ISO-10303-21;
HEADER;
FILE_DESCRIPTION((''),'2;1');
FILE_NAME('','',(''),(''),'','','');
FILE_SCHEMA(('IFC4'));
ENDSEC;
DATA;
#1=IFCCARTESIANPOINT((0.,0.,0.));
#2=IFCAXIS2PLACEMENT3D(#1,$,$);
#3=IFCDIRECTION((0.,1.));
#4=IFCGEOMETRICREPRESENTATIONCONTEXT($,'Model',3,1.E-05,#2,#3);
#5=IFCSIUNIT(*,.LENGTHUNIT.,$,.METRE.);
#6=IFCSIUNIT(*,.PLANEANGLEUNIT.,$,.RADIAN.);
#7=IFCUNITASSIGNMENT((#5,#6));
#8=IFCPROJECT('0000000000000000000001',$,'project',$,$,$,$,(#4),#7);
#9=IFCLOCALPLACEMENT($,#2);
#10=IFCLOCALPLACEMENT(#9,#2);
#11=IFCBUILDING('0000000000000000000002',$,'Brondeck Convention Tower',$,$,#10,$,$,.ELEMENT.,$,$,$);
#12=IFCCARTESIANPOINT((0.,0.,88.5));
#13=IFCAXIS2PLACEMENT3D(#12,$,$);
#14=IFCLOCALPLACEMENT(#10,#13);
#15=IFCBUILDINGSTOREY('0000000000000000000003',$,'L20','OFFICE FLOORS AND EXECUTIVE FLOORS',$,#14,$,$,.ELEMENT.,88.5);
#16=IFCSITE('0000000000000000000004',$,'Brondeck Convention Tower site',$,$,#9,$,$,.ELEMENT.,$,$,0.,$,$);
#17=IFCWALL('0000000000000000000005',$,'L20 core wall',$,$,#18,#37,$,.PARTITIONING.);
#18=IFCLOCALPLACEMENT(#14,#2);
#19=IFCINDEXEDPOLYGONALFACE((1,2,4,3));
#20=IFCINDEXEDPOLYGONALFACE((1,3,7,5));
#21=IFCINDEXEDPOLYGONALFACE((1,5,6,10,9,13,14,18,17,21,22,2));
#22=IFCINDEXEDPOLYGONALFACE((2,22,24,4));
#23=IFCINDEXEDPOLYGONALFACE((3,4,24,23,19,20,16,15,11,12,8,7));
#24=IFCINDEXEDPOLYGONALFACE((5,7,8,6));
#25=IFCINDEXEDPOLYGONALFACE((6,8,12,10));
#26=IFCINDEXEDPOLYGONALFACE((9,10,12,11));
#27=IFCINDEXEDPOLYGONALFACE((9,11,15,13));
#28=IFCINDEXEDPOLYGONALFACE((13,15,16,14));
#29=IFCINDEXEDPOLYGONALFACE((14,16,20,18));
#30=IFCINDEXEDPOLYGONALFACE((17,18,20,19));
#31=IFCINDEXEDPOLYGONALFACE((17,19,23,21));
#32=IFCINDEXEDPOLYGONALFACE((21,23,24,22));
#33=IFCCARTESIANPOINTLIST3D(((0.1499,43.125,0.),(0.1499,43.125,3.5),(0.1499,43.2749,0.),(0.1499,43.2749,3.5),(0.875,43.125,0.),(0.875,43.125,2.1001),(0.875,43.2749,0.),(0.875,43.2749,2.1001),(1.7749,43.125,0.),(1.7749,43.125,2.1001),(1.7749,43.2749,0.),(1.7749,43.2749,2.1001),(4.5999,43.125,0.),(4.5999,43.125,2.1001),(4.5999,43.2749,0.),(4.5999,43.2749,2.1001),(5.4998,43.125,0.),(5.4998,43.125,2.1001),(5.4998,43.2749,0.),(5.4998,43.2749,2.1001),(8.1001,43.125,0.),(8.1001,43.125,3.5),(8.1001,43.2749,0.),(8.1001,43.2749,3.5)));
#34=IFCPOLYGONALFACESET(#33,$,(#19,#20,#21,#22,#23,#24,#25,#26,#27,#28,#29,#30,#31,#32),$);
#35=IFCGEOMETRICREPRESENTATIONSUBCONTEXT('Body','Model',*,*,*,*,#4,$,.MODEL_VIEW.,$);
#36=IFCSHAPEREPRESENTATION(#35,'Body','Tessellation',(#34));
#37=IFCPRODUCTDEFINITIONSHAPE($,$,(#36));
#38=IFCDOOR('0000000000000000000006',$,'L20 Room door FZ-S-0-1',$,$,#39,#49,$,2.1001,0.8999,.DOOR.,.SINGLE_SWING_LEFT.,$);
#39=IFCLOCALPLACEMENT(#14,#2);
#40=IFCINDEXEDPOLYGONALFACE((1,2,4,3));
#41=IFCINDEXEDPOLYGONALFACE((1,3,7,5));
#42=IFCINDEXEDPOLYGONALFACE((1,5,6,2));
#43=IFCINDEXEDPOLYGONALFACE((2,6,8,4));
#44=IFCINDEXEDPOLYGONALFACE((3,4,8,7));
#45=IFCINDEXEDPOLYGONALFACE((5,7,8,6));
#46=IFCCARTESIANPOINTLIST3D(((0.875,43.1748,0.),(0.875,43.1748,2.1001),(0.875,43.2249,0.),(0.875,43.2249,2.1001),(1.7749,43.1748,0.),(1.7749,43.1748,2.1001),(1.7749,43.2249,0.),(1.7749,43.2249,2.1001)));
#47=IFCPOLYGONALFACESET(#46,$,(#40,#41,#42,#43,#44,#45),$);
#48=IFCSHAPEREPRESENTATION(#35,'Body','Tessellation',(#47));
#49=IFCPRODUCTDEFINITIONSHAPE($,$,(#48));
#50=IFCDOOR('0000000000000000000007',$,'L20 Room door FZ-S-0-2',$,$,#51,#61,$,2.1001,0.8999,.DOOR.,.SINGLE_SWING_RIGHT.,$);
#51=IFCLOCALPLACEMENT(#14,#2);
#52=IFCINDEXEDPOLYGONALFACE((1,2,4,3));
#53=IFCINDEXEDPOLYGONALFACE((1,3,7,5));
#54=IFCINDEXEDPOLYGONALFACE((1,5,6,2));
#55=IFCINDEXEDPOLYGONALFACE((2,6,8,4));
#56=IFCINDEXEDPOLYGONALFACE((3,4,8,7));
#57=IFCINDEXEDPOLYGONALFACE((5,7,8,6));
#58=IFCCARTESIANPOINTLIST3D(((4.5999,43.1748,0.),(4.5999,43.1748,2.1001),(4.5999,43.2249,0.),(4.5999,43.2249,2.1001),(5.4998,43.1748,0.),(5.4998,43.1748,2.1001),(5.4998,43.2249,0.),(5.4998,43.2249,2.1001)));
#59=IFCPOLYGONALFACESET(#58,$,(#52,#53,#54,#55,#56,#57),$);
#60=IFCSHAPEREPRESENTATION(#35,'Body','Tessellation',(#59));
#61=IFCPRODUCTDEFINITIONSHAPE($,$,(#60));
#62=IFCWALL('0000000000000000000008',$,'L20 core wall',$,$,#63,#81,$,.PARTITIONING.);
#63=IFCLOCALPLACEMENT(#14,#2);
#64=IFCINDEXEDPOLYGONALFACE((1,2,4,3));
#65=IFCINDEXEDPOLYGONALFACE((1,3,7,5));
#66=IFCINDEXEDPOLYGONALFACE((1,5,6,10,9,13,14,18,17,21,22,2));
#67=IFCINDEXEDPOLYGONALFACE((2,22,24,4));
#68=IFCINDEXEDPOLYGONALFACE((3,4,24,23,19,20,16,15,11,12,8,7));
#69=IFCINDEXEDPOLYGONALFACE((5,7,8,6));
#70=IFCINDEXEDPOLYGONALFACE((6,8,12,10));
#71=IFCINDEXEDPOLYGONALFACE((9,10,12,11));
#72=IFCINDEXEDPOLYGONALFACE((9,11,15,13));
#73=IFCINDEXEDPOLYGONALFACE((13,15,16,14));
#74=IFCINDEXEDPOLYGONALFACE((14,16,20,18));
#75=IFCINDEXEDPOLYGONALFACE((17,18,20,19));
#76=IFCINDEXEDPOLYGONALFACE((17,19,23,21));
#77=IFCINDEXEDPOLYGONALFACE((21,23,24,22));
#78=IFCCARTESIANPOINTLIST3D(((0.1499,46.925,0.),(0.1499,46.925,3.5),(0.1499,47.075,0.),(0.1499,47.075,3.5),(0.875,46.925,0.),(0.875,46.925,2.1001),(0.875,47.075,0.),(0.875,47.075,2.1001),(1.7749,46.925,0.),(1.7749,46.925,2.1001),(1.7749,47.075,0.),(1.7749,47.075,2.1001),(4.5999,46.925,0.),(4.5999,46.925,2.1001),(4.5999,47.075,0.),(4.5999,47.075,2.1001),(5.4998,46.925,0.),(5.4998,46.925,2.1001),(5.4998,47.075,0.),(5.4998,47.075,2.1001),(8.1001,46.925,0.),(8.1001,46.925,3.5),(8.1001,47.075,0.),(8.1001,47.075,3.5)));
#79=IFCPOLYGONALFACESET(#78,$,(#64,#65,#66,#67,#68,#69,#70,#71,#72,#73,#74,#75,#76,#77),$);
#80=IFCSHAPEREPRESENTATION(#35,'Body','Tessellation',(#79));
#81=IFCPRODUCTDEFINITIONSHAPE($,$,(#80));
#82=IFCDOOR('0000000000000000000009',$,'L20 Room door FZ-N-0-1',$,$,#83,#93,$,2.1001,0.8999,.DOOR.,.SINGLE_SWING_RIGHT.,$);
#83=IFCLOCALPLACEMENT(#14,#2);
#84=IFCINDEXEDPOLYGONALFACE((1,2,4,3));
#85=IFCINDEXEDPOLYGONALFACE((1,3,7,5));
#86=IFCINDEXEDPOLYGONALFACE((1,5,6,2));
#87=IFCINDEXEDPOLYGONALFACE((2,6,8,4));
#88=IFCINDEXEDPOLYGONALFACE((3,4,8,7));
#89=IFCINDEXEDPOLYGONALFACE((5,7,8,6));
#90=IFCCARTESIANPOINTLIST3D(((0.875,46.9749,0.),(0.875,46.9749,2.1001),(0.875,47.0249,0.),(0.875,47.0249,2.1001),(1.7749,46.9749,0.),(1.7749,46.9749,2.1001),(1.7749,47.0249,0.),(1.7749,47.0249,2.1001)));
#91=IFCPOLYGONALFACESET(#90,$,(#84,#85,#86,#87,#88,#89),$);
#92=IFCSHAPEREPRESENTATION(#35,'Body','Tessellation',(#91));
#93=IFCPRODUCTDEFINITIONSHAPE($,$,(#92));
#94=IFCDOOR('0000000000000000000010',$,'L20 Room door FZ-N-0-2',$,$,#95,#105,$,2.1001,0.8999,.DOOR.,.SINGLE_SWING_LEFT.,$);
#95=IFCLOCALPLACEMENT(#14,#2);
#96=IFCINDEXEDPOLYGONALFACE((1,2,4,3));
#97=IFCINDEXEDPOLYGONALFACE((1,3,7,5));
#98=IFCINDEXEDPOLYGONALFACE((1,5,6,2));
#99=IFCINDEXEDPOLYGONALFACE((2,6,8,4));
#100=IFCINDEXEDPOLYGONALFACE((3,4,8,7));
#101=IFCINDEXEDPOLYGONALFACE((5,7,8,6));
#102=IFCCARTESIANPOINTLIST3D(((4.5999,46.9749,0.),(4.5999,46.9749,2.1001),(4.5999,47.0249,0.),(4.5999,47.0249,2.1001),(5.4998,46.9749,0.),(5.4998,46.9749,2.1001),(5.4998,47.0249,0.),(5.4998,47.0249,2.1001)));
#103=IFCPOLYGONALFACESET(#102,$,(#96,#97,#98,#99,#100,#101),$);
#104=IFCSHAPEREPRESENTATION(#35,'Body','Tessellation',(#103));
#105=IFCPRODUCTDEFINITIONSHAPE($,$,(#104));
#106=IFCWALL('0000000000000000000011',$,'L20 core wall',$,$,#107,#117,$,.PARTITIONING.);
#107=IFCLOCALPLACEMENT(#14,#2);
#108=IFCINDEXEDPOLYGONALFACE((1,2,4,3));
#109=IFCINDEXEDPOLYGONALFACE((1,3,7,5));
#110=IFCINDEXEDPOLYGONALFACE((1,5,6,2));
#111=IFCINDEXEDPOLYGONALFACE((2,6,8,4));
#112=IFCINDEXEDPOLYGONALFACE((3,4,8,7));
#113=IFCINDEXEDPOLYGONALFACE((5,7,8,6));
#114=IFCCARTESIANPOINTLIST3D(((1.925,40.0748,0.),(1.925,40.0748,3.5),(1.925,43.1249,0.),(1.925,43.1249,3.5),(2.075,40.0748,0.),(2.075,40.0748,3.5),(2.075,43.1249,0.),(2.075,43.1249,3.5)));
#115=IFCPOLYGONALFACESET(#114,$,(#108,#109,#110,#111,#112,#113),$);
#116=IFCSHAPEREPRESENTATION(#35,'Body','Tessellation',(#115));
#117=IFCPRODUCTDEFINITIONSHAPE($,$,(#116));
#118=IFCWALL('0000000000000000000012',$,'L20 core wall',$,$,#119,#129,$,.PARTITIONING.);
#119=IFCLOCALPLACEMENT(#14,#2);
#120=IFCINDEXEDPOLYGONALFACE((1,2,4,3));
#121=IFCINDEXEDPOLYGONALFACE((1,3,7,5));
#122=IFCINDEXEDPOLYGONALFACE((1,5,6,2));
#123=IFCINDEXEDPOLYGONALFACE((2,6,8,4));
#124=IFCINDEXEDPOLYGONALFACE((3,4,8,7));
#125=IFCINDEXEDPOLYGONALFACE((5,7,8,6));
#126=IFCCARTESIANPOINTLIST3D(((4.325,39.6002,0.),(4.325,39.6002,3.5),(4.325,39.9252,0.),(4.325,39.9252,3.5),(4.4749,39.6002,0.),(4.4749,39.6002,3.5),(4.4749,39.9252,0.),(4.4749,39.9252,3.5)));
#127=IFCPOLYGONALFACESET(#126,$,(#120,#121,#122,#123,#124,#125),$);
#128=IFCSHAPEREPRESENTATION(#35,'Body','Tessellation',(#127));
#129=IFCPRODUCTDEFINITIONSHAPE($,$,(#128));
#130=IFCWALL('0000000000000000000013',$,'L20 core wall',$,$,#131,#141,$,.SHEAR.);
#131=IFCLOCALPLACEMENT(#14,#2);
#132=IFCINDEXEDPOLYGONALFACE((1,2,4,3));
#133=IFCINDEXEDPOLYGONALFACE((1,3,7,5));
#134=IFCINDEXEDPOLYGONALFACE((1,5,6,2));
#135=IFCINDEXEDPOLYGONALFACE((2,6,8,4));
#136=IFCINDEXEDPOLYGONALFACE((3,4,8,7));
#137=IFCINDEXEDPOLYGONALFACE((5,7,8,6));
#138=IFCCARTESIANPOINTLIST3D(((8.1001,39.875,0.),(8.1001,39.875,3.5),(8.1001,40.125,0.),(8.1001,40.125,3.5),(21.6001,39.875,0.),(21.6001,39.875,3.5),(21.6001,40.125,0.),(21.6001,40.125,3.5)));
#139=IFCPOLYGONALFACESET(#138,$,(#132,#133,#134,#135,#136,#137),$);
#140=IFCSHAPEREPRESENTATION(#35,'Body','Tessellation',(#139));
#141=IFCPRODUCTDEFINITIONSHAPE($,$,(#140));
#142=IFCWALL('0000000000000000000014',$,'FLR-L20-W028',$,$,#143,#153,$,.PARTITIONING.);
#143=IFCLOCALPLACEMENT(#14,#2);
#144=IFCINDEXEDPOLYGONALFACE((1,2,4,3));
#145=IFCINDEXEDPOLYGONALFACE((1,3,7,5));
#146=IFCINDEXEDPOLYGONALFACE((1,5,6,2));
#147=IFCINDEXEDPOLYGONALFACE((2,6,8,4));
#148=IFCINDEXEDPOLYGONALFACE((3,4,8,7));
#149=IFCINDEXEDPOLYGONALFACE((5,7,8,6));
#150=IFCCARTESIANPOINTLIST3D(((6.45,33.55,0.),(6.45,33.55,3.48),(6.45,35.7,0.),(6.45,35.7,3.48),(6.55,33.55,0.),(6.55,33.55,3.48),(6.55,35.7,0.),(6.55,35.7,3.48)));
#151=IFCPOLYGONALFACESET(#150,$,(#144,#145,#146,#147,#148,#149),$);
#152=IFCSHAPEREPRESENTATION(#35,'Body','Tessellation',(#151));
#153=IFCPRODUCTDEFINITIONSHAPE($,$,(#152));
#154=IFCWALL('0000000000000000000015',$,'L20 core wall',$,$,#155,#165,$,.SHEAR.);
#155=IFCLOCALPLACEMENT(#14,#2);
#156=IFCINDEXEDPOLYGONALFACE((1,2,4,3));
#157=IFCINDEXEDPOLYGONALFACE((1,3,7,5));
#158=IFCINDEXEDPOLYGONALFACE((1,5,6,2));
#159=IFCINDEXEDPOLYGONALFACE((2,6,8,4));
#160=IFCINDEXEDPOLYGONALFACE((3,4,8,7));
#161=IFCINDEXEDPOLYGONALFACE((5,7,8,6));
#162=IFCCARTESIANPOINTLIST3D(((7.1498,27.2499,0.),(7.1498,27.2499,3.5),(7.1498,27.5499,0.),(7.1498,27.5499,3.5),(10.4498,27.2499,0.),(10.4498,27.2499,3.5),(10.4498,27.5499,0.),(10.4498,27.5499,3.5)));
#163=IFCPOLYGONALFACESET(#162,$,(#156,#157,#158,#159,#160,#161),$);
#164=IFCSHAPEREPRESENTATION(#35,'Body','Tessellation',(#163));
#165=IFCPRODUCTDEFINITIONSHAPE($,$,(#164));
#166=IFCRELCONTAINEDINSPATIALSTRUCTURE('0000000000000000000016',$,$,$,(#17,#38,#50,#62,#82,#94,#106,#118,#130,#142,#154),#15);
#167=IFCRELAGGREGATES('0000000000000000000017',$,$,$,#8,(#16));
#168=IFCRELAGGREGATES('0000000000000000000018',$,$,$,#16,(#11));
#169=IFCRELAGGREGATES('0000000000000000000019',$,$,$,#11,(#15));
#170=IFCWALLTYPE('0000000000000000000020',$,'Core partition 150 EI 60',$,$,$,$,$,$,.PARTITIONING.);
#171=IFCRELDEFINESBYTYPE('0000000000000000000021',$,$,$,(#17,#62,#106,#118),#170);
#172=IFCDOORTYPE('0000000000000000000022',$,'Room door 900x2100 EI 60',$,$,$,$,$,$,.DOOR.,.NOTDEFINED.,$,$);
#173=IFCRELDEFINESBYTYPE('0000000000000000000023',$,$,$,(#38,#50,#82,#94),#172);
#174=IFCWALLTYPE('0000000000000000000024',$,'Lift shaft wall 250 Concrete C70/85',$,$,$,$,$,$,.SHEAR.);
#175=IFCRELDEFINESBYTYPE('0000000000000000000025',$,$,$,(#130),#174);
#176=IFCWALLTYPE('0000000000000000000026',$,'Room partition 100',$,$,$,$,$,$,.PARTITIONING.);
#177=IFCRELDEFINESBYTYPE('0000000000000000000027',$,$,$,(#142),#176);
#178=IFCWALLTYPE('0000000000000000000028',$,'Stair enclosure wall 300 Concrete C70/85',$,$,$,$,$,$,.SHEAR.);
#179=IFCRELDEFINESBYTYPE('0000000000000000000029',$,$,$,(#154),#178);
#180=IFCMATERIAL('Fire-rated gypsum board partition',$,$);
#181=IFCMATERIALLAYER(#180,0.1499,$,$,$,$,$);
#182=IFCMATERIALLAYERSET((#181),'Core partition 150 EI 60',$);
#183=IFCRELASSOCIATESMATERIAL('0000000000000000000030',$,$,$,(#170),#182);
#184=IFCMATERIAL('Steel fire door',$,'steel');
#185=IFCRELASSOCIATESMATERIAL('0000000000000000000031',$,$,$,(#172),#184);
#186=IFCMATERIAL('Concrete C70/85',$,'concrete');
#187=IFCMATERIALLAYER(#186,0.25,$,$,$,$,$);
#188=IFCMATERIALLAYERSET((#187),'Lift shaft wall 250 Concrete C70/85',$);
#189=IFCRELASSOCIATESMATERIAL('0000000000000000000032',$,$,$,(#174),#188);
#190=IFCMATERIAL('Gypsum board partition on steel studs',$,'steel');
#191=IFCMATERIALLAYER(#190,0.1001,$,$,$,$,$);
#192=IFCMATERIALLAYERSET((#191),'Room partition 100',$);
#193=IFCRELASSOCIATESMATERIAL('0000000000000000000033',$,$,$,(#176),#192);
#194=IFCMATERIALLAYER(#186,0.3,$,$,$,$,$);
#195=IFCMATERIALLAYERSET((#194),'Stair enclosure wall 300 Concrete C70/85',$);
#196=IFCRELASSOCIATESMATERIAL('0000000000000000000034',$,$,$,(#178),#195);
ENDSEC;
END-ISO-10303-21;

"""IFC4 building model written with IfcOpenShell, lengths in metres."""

from ifc_helpers import new_model, si_unit, direction, frame, frame_2d, origin, place, context, subcontext, project, spatial, rectangle, extrude, material, layer, layer_set, type_object, element, fill, save


model = new_model("IFC4")

# Units and contexts
model_context = context("Model", 3, precision=1e-05, world=origin(), true_north=direction((0.0, 1.0)))
body_context = subcontext(model_context, "Body", "Model", "MODEL_VIEW")
ifc_project = project(units=[si_unit("LENGTHUNIT", "METRE"), si_unit("PLANEANGLEUNIT", "RADIAN")], contexts=[model_context])

# Site, building, storey
site_placement = place(None, origin())
site = spatial("IfcSite", under=ifc_project, at=site_placement, Name="Brondeck Convention Tower site", CompositionType="ELEMENT", RefElevation=0.0)
building_placement = place(site_placement, origin())
building = spatial("IfcBuilding", under=site, at=building_placement, Name="Brondeck Convention Tower", CompositionType="ELEMENT")
storey_placement = place(building_placement, frame((0.0, 0.0, 88.5)))
storey = spatial("IfcBuildingStorey", under=building, at=storey_placement, Name="L20", Description="OFFICE FLOORS AND EXECUTIVE FLOORS", CompositionType="ELEMENT", Elevation=88.5)

# Shared definitions
ifc_material_1 = material(Name="Concrete C70/85", Category="concrete")

# Shared definitions
ifc_material_2 = material(Name="Fire-rated gypsum board partition")
ifc_layer_1 = layer(ifc_material_2, 0.1499)
ifc_layer_set_1 = layer_set([ifc_layer_1], Name="Core partition 150 EI 60")
wall_type_1 = type_object("IfcWallType", Name="Core partition 150 EI 60", PredefinedType="PARTITIONING", material=ifc_layer_set_1)
ifc_material_3 = material(Name="Steel fire door", Category="steel")
door_type_1 = type_object("IfcDoorType", Name="Room door 900x2100 EI 60", OperationType="NOTDEFINED", PredefinedType="DOOR", material=ifc_material_3)

# Walls, openings, doors
wall_1_placement = place(storey_placement, frame((0.1499, 43.2, 0.0), z_axis=(0.0, 0.0, 1.0), x_axis=(1.0, 0.0, 0.0)))
wall_1 = element("IfcWall", 1, at=wall_1_placement, inside=storey, type_object=wall_type_1, Name="L20 core wall", PredefinedType="PARTITIONING", context=body_context, shape_type="SweptSolid", body=[
    extrude(rectangle(XDim=7.9502, YDim=0.1499, at=frame_2d((3.9751, 0.0))), origin(), (0.0, 0.0, 1.0), 3.5),
])
opening_1_placement = place(wall_1_placement, frame((0.7251, 0.0, 0.0)))
opening_1 = element("IfcOpeningElement", 2, at=opening_1_placement, cuts=wall_1, PredefinedType="OPENING", context=body_context, shape_type="SweptSolid", body=[
    extrude(rectangle(XDim=0.8999, YDim=2.1001, at=frame_2d((0.45, 1.05))), frame((0.0, 0.085, 0.0), z_axis=(0.0, -1.0, 0.0), x_axis=(1.0, 0.0, 0.0)), (0.0, 0.0, 1.0), 0.1699),
])
opening_2_placement = place(wall_1_placement, frame((4.45, 0.0, 0.0)))
opening_2 = element("IfcOpeningElement", 3, at=opening_2_placement, cuts=wall_1, PredefinedType="OPENING", context=body_context, shape_type="SweptSolid", body=[
    extrude(rectangle(XDim=0.8999, YDim=2.1001, at=frame_2d((0.45, 1.05))), frame((0.0, 0.085, 0.0), z_axis=(0.0, -1.0, 0.0), x_axis=(1.0, 0.0, 0.0)), (0.0, 0.0, 1.0), 0.1699),
])
door_1_placement = place(opening_1_placement, origin())
door_1 = element("IfcDoor", 4, at=door_1_placement, inside=storey, type_object=door_type_1, Name="L20 Room door FZ-S-0-1", OperationType="SINGLE_SWING_LEFT", OverallHeight=2.1001, OverallWidth=0.8999, PredefinedType="DOOR", context=body_context, shape_type="SweptSolid", body=[
    extrude(rectangle(XDim=0.8999, YDim=2.1001, at=frame_2d((0.45, 1.05))), frame((0.0, 0.0249, 0.0), z_axis=(0.0, -1.0, 0.0), x_axis=(1.0, 0.0, 0.0)), (0.0, 0.0, 1.0), 0.05),
])
fill(opening_1, door_1)
door_2_placement = place(opening_2_placement, origin())
door_2 = element("IfcDoor", 5, at=door_2_placement, inside=storey, type_object=door_type_1, Name="L20 Room door FZ-S-0-2", OperationType="SINGLE_SWING_RIGHT", OverallHeight=2.1001, OverallWidth=0.8999, PredefinedType="DOOR", context=body_context, shape_type="SweptSolid", body=[
    extrude(rectangle(XDim=0.8999, YDim=2.1001, at=frame_2d((0.45, 1.05))), frame((0.0, 0.0249, 0.0), z_axis=(0.0, -1.0, 0.0), x_axis=(1.0, 0.0, 0.0)), (0.0, 0.0, 1.0), 0.05),
])
fill(opening_2, door_2)
wall_2_placement = place(storey_placement, frame((0.1499, 47.0, 0.0), z_axis=(0.0, 0.0, 1.0), x_axis=(1.0, 0.0, 0.0)))
wall_2 = element("IfcWall", 6, at=wall_2_placement, inside=storey, type_object=wall_type_1, Name="L20 core wall", PredefinedType="PARTITIONING", context=body_context, shape_type="SweptSolid", body=[
    extrude(rectangle(XDim=7.9502, YDim=0.1499, at=frame_2d((3.9751, 0.0))), origin(), (0.0, 0.0, 1.0), 3.5),
])
opening_3_placement = place(wall_2_placement, frame((0.7251, 0.0, 0.0)))
opening_3 = element("IfcOpeningElement", 7, at=opening_3_placement, cuts=wall_2, PredefinedType="OPENING", context=body_context, shape_type="SweptSolid", body=[
    extrude(rectangle(XDim=0.8999, YDim=2.1001, at=frame_2d((0.45, 1.05))), frame((0.0, 0.085, 0.0), z_axis=(0.0, -1.0, 0.0), x_axis=(1.0, 0.0, 0.0)), (0.0, 0.0, 1.0), 0.1699),
])
opening_4_placement = place(wall_2_placement, frame((4.45, 0.0, 0.0)))
opening_4 = element("IfcOpeningElement", 8, at=opening_4_placement, cuts=wall_2, PredefinedType="OPENING", context=body_context, shape_type="SweptSolid", body=[
    extrude(rectangle(XDim=0.8999, YDim=2.1001, at=frame_2d((0.45, 1.05))), frame((0.0, 0.085, 0.0), z_axis=(0.0, -1.0, 0.0), x_axis=(1.0, 0.0, 0.0)), (0.0, 0.0, 1.0), 0.1699),
])
door_3_placement = place(opening_3_placement, origin())
door_3 = element("IfcDoor", 9, at=door_3_placement, inside=storey, type_object=door_type_1, Name="L20 Room door FZ-N-0-1", OperationType="SINGLE_SWING_RIGHT", OverallHeight=2.1001, OverallWidth=0.8999, PredefinedType="DOOR", context=body_context, shape_type="SweptSolid", body=[
    extrude(rectangle(XDim=0.8999, YDim=2.1001, at=frame_2d((0.45, 1.05))), frame((0.0, 0.0249, 0.0), z_axis=(0.0, -1.0, 0.0), x_axis=(1.0, 0.0, 0.0)), (0.0, 0.0, 1.0), 0.05),
])
fill(opening_3, door_3)
door_4_placement = place(opening_4_placement, origin())
door_4 = element("IfcDoor", 10, at=door_4_placement, inside=storey, type_object=door_type_1, Name="L20 Room door FZ-N-0-2", OperationType="SINGLE_SWING_LEFT", OverallHeight=2.1001, OverallWidth=0.8999, PredefinedType="DOOR", context=body_context, shape_type="SweptSolid", body=[
    extrude(rectangle(XDim=0.8999, YDim=2.1001, at=frame_2d((0.45, 1.05))), frame((0.0, 0.0249, 0.0), z_axis=(0.0, -1.0, 0.0), x_axis=(1.0, 0.0, 0.0)), (0.0, 0.0, 1.0), 0.05),
])
fill(opening_4, door_4)

# Walls
wall_3_placement = place(storey_placement, frame((2.0, 40.075, 0.0), z_axis=(0.0, 0.0, 1.0), x_axis=(0.0, 1.0, 0.0)))
element("IfcWall", 11, at=wall_3_placement, inside=storey, type_object=wall_type_1, Name="L20 core wall", PredefinedType="PARTITIONING", context=body_context, shape_type="SweptSolid", body=[
    extrude(rectangle(XDim=3.05, YDim=0.1499, at=frame_2d((1.5249, 0.0))), origin(), (0.0, 0.0, 1.0), 3.5),
])
wall_4_placement = place(storey_placement, frame((4.3999, 39.6001, 0.0), z_axis=(0.0, 0.0, 1.0), x_axis=(0.0, 1.0, 0.0)))
element("IfcWall", 12, at=wall_4_placement, inside=storey, type_object=wall_type_1, Name="L20 core wall", PredefinedType="PARTITIONING", context=body_context, shape_type="SweptSolid", body=[
    extrude(rectangle(XDim=0.325, YDim=0.1499, at=frame_2d((0.1626, 0.0))), origin(), (0.0, 0.0, 1.0), 3.5),
])
ifc_layer_2 = layer(ifc_material_1, 0.25)
ifc_layer_set_2 = layer_set([ifc_layer_2], Name="Lift shaft wall 250 Concrete C70/85")
wall_type_2 = type_object("IfcWallType", Name="Lift shaft wall 250 Concrete C70/85", PredefinedType="SHEAR", material=ifc_layer_set_2)
wall_5_placement = place(storey_placement, frame((8.1001, 40.0, 0.0), z_axis=(0.0, 0.0, 1.0), x_axis=(1.0, 0.0, 0.0)))
element("IfcWall", 13, at=wall_5_placement, inside=storey, type_object=wall_type_2, Name="L20 core wall", PredefinedType="SHEAR", context=body_context, shape_type="SweptSolid", body=[
    extrude(rectangle(XDim=13.5, YDim=0.25, at=frame_2d((6.75, 0.0))), origin(), (0.0, 0.0, 1.0), 3.5),
])
ifc_material_4 = material(Name="Gypsum board partition on steel studs", Category="steel")
ifc_layer_3 = layer(ifc_material_4, 0.1001)
ifc_layer_set_3 = layer_set([ifc_layer_3], Name="Room partition 100")
wall_type_3 = type_object("IfcWallType", Name="Room partition 100", PredefinedType="PARTITIONING", material=ifc_layer_set_3)
wall_6_placement = place(storey_placement, frame((6.5, 33.55, 0.0), z_axis=(0.0, 0.0, 1.0), x_axis=(0.0, 1.0, 0.0)))
element("IfcWall", 14, at=wall_6_placement, inside=storey, type_object=wall_type_3, Name="FLR-L20-W028", PredefinedType="PARTITIONING", context=body_context, shape_type="SweptSolid", body=[
    extrude(rectangle(XDim=2.1499, YDim=0.1001, at=frame_2d((1.075, 0.0))), origin(), (0.0, 0.0, 1.0), 3.48),
])
ifc_layer_4 = layer(ifc_material_1, 0.3)
ifc_layer_set_4 = layer_set([ifc_layer_4], Name="Stair enclosure wall 300 Concrete C70/85")
wall_type_4 = type_object("IfcWallType", Name="Stair enclosure wall 300 Concrete C70/85", PredefinedType="SHEAR", material=ifc_layer_set_4)
wall_7_placement = place(storey_placement, frame((7.1499, 27.3999, 0.0), z_axis=(0.0, 0.0, 1.0), x_axis=(1.0, 0.0, 0.0)))
element("IfcWall", 15, at=wall_7_placement, inside=storey, type_object=wall_type_4, Name="L20 core wall", PredefinedType="SHEAR", context=body_context, shape_type="SweptSolid", body=[
    extrude(rectangle(XDim=3.3, YDim=0.3, at=frame_2d((1.6499, 0.0))), origin(), (0.0, 0.0, 1.0), 3.5),
])

save(model, "model.ifc")
